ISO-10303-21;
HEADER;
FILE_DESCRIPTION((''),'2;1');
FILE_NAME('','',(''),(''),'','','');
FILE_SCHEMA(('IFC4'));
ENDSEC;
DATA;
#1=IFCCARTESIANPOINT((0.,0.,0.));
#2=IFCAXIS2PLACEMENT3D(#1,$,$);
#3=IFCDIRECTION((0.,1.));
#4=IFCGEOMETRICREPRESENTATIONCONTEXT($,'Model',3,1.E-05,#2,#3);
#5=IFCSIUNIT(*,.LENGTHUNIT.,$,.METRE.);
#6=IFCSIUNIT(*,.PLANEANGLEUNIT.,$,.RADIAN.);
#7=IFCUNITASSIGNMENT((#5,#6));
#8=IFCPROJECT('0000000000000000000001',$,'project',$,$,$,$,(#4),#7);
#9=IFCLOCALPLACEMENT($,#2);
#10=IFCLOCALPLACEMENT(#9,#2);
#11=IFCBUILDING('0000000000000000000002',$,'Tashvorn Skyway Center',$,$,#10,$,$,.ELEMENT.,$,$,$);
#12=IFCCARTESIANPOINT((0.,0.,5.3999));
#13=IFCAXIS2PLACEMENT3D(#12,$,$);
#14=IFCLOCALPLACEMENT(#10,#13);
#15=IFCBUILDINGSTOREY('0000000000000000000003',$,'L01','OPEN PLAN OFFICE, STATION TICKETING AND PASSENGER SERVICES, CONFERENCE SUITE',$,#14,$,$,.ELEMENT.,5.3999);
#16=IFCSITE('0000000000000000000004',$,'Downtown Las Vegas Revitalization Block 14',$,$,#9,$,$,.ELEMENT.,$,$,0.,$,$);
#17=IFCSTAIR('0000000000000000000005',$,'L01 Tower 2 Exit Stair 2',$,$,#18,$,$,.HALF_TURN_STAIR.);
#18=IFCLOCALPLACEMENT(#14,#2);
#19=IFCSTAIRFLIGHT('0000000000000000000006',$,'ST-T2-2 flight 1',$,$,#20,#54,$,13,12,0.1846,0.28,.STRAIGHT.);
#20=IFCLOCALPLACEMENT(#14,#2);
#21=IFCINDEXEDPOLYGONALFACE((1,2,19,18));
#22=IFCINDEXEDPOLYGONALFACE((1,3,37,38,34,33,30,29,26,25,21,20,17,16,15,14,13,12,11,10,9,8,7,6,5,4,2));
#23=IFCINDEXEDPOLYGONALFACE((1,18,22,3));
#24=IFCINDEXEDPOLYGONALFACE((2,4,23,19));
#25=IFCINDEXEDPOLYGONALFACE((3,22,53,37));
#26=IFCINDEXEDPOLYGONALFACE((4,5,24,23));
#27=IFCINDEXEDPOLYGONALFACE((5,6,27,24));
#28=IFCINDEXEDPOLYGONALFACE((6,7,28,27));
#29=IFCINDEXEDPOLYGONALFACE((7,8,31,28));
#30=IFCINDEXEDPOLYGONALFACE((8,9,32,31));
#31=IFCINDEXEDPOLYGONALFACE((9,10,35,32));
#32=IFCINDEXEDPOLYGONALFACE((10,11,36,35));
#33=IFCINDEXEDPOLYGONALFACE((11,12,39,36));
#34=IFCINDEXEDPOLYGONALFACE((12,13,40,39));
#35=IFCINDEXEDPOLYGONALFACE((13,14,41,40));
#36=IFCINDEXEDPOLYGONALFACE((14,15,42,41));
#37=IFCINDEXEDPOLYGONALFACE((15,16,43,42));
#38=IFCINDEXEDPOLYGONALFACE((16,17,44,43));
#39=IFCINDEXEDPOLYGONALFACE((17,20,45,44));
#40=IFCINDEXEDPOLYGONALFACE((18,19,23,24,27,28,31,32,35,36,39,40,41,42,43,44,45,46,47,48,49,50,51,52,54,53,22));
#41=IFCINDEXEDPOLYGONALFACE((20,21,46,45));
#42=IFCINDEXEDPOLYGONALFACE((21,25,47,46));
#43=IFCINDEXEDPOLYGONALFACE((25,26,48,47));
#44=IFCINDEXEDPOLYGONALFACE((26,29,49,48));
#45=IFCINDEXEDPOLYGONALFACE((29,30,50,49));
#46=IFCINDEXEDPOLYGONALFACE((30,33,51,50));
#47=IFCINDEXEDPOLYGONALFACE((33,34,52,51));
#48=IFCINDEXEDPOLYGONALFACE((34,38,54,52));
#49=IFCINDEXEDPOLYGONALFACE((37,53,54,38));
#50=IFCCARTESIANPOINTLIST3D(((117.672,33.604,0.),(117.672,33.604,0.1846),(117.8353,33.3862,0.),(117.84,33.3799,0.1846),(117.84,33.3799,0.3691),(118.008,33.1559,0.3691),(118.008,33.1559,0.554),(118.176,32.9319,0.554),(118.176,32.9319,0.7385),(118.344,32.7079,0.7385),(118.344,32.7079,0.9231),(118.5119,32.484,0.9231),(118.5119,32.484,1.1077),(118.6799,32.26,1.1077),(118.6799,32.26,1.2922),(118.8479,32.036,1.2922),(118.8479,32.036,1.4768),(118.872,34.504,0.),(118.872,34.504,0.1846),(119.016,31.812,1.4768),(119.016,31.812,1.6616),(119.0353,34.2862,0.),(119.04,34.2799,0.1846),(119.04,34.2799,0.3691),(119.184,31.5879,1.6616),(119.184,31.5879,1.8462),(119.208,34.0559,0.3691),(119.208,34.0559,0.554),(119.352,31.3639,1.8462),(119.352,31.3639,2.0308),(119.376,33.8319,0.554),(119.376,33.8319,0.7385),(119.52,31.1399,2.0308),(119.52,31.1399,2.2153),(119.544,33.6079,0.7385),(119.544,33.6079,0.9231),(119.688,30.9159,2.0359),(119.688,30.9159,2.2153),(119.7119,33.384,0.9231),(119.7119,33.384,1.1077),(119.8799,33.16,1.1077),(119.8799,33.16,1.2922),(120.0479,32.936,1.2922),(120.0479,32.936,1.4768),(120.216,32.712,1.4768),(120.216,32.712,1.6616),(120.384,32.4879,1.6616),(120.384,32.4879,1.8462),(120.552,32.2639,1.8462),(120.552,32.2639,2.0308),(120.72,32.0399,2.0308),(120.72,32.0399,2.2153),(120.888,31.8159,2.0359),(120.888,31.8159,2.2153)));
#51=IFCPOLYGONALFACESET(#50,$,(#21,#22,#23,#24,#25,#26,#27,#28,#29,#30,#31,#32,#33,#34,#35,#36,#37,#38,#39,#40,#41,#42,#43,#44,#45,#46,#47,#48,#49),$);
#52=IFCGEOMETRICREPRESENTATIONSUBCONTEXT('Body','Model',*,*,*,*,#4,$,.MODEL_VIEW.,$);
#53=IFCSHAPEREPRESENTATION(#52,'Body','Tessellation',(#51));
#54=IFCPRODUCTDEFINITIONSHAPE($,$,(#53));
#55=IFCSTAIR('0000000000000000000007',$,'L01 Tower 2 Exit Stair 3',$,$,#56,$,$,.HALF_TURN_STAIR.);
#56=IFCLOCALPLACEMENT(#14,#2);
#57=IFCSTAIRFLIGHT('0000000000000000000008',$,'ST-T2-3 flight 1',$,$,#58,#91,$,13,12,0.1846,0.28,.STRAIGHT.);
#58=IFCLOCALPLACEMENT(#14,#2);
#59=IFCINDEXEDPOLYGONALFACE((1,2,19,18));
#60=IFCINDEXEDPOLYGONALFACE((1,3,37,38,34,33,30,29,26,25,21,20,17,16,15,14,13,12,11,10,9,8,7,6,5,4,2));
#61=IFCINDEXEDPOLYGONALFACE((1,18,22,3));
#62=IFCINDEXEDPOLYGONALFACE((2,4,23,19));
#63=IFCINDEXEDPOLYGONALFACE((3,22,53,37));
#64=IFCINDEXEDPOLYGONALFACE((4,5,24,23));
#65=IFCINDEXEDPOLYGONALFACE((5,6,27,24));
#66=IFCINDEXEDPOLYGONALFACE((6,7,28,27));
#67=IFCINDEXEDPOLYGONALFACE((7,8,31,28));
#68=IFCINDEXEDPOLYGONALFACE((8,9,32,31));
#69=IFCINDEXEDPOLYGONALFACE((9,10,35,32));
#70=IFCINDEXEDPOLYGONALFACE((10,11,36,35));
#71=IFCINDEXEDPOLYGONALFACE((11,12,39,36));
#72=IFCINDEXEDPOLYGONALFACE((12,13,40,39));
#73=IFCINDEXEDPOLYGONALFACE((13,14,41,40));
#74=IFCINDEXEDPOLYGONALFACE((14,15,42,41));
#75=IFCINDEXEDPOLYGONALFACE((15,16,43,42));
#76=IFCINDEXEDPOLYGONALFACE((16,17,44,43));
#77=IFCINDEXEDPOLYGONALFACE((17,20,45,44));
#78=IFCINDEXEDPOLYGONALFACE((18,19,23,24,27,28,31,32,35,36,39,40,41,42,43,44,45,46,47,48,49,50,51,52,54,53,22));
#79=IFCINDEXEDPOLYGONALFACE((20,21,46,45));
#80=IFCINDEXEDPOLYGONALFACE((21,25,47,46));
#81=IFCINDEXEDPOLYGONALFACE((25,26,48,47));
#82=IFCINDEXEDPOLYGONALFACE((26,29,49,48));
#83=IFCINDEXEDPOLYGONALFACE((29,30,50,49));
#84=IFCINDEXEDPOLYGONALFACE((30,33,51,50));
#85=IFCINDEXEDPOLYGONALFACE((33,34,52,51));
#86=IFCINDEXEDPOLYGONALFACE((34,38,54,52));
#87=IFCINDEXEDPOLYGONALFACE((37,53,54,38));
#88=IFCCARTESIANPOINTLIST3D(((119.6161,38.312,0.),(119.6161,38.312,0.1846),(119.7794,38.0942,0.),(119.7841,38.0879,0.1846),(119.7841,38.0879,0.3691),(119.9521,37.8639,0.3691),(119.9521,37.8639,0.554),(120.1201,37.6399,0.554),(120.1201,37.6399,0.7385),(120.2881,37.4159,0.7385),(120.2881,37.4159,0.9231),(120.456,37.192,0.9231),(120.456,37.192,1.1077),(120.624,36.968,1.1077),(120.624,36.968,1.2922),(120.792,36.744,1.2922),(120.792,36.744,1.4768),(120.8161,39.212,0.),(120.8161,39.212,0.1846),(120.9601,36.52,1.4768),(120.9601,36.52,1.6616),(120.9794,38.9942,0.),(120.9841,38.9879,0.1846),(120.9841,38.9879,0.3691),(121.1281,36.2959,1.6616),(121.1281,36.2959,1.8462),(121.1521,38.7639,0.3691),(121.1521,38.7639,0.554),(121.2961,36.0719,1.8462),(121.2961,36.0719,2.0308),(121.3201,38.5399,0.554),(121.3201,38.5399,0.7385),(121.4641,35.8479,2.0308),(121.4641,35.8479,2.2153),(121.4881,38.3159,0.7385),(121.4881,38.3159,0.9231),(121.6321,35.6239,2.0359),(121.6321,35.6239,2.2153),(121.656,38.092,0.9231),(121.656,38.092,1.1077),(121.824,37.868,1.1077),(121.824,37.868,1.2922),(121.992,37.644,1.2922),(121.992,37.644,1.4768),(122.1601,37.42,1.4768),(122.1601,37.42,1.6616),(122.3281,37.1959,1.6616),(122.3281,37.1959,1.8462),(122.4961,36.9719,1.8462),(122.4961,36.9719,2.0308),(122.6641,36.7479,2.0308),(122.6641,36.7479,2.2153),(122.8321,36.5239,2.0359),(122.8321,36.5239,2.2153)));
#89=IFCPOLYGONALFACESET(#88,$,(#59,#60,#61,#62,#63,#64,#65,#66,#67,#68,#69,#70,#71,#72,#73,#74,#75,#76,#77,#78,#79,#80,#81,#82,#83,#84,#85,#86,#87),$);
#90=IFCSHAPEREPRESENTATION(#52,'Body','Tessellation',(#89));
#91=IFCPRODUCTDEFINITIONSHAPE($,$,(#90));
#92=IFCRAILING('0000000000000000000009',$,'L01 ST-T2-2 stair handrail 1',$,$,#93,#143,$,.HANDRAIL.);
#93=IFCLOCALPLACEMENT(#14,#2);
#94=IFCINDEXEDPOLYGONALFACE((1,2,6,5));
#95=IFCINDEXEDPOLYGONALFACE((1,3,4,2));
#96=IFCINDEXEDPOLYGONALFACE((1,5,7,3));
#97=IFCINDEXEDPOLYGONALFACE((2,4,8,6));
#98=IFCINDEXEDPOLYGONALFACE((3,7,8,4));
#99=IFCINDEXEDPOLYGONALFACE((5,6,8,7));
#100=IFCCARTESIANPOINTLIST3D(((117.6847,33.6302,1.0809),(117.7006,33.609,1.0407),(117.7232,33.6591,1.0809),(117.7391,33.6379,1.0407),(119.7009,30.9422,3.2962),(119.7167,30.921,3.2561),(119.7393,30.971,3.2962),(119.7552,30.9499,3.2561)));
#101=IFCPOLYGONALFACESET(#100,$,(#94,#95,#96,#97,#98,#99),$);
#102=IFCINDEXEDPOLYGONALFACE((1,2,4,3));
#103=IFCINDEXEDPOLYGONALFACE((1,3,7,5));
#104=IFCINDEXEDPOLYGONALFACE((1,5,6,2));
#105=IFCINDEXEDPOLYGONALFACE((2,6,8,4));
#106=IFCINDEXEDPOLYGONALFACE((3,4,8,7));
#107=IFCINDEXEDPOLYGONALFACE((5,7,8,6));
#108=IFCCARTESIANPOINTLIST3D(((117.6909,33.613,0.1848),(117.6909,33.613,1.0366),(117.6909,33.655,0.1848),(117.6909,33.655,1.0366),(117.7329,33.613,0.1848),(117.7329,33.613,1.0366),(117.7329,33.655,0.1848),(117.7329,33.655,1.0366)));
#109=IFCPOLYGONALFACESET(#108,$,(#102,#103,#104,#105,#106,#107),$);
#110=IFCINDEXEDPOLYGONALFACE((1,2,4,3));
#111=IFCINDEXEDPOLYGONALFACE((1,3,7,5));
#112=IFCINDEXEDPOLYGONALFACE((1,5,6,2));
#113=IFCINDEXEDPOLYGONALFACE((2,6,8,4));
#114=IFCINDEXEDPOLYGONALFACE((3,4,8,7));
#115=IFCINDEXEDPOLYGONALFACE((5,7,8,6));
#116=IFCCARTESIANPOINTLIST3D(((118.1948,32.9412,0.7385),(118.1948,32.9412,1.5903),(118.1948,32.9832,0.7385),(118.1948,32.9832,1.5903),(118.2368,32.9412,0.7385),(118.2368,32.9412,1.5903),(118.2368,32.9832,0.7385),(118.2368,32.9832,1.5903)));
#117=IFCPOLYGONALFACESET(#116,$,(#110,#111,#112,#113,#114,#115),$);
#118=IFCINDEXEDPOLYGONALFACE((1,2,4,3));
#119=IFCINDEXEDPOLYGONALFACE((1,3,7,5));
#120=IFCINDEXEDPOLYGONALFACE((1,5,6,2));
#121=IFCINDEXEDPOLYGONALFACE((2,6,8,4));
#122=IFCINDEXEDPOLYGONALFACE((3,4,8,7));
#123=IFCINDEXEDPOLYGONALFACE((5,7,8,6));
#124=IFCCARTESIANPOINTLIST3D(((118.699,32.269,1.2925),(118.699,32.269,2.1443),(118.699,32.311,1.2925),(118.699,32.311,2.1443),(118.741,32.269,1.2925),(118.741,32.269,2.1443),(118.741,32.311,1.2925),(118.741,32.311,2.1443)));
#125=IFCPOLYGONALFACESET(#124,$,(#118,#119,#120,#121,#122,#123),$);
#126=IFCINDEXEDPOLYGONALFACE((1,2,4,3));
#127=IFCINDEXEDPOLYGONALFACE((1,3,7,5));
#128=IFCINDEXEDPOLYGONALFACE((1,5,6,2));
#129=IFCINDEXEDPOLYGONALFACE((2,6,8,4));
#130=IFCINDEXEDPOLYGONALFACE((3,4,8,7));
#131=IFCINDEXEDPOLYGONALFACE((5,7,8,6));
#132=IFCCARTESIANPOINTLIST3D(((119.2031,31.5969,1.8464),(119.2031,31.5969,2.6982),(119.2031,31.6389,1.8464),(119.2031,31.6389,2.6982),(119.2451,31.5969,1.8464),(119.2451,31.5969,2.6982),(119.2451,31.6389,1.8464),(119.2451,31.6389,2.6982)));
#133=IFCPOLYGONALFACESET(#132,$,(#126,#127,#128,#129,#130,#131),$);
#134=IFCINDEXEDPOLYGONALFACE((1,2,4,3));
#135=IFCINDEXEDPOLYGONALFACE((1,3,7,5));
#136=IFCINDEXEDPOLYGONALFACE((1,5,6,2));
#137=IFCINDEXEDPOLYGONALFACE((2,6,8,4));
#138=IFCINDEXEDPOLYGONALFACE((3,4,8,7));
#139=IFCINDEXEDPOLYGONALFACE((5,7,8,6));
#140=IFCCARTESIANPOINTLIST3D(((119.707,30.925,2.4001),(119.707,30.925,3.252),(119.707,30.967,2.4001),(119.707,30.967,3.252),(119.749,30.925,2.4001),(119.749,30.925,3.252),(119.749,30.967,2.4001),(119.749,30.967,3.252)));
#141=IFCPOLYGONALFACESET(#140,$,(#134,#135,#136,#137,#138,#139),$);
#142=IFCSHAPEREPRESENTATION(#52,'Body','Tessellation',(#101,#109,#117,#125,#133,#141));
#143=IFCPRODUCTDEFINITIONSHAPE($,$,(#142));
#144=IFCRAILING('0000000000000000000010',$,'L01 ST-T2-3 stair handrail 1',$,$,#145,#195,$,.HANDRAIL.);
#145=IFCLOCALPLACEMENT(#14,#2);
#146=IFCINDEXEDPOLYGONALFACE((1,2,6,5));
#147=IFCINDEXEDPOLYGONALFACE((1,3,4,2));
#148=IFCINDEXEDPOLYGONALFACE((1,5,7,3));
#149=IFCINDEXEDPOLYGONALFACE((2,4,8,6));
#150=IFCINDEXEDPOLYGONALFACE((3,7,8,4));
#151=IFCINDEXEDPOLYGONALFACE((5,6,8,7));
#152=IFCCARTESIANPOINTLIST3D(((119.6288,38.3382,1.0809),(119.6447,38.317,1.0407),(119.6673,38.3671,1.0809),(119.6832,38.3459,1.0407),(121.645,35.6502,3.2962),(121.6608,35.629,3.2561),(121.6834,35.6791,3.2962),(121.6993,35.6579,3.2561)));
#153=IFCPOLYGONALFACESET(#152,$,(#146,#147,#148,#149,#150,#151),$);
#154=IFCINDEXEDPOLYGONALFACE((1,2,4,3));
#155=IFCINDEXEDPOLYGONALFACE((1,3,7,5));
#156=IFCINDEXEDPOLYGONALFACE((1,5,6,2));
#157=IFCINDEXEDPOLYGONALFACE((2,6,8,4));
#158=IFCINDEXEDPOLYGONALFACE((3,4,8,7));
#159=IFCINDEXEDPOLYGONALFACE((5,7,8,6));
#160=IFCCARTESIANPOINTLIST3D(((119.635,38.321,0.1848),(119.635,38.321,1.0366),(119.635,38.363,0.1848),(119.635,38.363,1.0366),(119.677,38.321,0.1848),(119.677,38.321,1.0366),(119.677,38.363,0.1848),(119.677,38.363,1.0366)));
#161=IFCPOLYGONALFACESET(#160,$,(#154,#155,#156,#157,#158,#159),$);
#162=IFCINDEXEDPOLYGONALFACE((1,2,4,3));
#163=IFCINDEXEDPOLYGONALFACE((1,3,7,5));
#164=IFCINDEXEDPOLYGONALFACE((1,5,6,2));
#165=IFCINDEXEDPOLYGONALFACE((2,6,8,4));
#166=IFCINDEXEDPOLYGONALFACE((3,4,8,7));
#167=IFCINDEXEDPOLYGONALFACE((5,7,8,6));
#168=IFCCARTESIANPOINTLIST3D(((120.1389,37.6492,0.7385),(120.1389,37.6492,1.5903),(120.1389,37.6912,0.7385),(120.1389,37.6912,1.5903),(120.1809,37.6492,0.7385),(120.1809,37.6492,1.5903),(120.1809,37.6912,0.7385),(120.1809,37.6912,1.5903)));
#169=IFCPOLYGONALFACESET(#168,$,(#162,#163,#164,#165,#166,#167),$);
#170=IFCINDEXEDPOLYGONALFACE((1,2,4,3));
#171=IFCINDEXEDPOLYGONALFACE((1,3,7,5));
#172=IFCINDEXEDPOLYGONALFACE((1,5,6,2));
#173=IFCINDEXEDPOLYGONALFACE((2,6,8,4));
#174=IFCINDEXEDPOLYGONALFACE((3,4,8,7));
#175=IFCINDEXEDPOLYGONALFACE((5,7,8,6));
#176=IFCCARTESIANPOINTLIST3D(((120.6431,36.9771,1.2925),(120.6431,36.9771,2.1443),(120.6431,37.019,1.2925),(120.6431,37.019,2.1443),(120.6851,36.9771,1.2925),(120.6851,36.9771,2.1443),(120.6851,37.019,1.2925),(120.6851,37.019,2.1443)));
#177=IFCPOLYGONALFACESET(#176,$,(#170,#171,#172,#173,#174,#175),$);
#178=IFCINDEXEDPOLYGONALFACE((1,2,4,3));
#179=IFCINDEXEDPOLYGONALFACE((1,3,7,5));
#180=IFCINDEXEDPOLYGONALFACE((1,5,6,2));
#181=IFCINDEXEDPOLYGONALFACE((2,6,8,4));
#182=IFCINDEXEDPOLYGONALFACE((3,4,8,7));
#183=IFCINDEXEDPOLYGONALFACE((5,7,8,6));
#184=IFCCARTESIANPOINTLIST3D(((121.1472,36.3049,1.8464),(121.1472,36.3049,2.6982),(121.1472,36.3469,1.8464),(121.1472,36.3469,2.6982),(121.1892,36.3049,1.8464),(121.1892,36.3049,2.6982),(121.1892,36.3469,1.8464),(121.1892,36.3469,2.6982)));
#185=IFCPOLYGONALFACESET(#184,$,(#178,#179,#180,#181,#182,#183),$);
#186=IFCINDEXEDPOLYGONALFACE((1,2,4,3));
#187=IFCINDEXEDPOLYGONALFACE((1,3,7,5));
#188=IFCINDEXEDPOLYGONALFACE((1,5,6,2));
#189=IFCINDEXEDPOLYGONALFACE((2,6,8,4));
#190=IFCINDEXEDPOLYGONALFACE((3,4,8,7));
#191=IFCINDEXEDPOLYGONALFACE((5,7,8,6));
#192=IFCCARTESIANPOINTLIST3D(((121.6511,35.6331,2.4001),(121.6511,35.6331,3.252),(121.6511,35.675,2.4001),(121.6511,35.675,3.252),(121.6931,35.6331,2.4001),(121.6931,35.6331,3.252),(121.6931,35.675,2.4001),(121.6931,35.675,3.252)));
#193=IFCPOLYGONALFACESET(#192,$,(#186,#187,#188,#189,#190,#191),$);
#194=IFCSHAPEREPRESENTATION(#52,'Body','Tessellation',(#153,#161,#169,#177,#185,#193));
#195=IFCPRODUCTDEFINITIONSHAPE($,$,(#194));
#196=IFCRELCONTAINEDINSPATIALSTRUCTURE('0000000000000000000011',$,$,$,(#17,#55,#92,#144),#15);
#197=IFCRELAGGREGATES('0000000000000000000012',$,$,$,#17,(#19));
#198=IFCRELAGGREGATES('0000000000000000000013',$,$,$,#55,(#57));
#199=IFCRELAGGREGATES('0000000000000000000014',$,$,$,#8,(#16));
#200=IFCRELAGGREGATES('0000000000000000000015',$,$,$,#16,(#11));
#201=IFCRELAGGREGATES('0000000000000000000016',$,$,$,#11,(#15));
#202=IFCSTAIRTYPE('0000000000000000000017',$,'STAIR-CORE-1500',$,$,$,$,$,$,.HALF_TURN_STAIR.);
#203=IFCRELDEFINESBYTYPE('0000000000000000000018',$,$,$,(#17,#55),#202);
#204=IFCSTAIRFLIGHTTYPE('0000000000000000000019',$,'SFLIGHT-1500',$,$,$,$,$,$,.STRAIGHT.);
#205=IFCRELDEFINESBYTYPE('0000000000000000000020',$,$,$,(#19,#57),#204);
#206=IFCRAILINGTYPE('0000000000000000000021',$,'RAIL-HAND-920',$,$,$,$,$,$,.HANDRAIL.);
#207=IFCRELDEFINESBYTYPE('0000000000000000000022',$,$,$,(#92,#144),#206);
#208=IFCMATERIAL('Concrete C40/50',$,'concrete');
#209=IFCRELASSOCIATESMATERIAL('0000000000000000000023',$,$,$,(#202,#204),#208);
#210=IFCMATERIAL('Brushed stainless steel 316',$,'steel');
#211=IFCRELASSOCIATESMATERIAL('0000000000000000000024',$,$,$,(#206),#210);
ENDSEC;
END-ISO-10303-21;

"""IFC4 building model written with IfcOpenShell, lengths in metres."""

from ifc_helpers import new_model, si_unit, direction, frame, origin, origin_2d, place, context, subcontext, project, spatial, polyline, rectangle, outline, extrude, material, type_object, element, aggregate, save


model = new_model("IFC4")

# Units and contexts
model_context = context("Model", 3, precision=1e-05, world=origin(), true_north=direction((0.0, 1.0)))
body_context = subcontext(model_context, "Body", "Model", "MODEL_VIEW")
ifc_project = project(units=[si_unit("LENGTHUNIT", "METRE"), si_unit("PLANEANGLEUNIT", "RADIAN")], contexts=[model_context])

# Site, building, storey
site_placement = place(None, origin())
site = spatial("IfcSite", under=ifc_project, at=site_placement, Name="Downtown Las Vegas Revitalization Block 14", CompositionType="ELEMENT", RefElevation=0.0)
building_placement = place(site_placement, origin())
building = spatial("IfcBuilding", under=site, at=building_placement, Name="Tashvorn Skyway Center", CompositionType="ELEMENT")
storey_placement = place(building_placement, frame((0.0, 0.0, 5.3999)))
storey = spatial("IfcBuildingStorey", under=building, at=storey_placement, Name="L01", Description="OPEN PLAN OFFICE, STATION TICKETING AND PASSENGER SERVICES, CONFERENCE SUITE", CompositionType="ELEMENT", Elevation=5.3999)

# Shared definitions
ifc_material_1 = material(Name="Concrete C40/50", Category="concrete")

# Stairs, stair flights
stair_type = type_object("IfcStairType", Name="STAIR-CORE-1500", PredefinedType="HALF_TURN_STAIR", material=ifc_material_1)
stair_1_placement = place(storey_placement, origin())
stair_1 = element("IfcStair", 1, at=stair_1_placement, inside=storey, type_object=stair_type, Name="L01 Tower 2 Exit Stair 2", PredefinedType="HALF_TURN_STAIR")
stair_flight_type = type_object("IfcStairFlightType", Name="SFLIGHT-1500", PredefinedType="STRAIGHT", material=ifc_material_1)
stair_flight_1_placement = place(storey_placement, frame((118.272, 34.054, 0.0), z_axis=(0.0, 0.0, 1.0), x_axis=(0.6, -0.8, 0.0)))
stair_flight_1 = element("IfcStairFlight", 2, at=stair_flight_1_placement, type_object=stair_flight_type, Name="ST-T2-2 flight 1", NumberOfRisers=13, NumberOfTreads=12, PredefinedType="STRAIGHT", RiserHeight=0.1846, TreadLength=0.28, context=body_context, shape_type="SweptSolid", body=[
    extrude(outline(polyline([(0.0, 0.0), (0.0, 0.1846), (0.28, 0.1846), (0.28, 0.3691), (0.5601, 0.3691), (0.5601, 0.554), (0.8401, 0.554), (0.8401, 0.7385), (1.1201, 0.7385), (1.1201, 0.9231), (1.3999, 0.9231), (1.3999, 1.1077), (1.6799, 1.1077), (1.6799, 1.2922), (1.96, 1.2922), (1.96, 1.4768), (2.24, 1.4768), (2.24, 1.6616), (2.52, 1.6616), (2.52, 1.8462), (2.8, 1.8462), (2.8, 2.0308), (3.0801, 2.0308), (3.0801, 2.2153), (3.3601, 2.2153), (3.3601, 2.3999), (3.3601, 2.0359), (0.2722, 0.0), (0.0, 0.0)])), frame((0.0, 0.75, 0.0), z_axis=(0.0, -1.0, 0.0), x_axis=(1.0, 0.0, 0.0)), (0.0, 0.0, 1.0), 1.5),
])
aggregate(stair_1, [stair_flight_1])
stair_2_placement = place(storey_placement, origin())
stair_2 = element("IfcStair", 3, at=stair_2_placement, inside=storey, type_object=stair_type, Name="L01 Tower 2 Exit Stair 3", PredefinedType="HALF_TURN_STAIR")
stair_flight_2_placement = place(storey_placement, frame((120.2161, 38.762, 0.0), z_axis=(0.0, 0.0, 1.0), x_axis=(0.6, -0.8, 0.0)))
stair_flight_2 = element("IfcStairFlight", 4, at=stair_flight_2_placement, type_object=stair_flight_type, Name="ST-T2-3 flight 1", NumberOfRisers=13, NumberOfTreads=12, PredefinedType="STRAIGHT", RiserHeight=0.1846, TreadLength=0.28, context=body_context, shape_type="SweptSolid", body=[
    extrude(outline(polyline([(0.0, 0.0), (0.0, 0.1846), (0.28, 0.1846), (0.28, 0.3691), (0.5601, 0.3691), (0.5601, 0.554), (0.8401, 0.554), (0.8401, 0.7385), (1.1201, 0.7385), (1.1201, 0.9231), (1.3999, 0.9231), (1.3999, 1.1077), (1.6799, 1.1077), (1.6799, 1.2922), (1.96, 1.2922), (1.96, 1.4768), (2.24, 1.4768), (2.24, 1.6616), (2.52, 1.6616), (2.52, 1.8462), (2.8, 1.8462), (2.8, 2.0308), (3.0801, 2.0308), (3.0801, 2.2153), (3.3601, 2.2153), (3.3601, 2.3999), (3.3601, 2.0359), (0.2722, 0.0), (0.0, 0.0)])), frame((0.0, 0.75, 0.0), z_axis=(0.0, -1.0, 0.0), x_axis=(1.0, 0.0, 0.0)), (0.0, 0.0, 1.0), 1.5),
])
aggregate(stair_2, [stair_flight_2])

# Railings
ifc_material_2 = material(Name="Brushed stainless steel 316", Category="steel")
railing_type_1 = type_object("IfcRailingType", Name="RAIL-HAND-920", PredefinedType="HANDRAIL", material=ifc_material_2)
for number, where, name in (
    (5, (117.7119, 33.634, 0.1848), "L01 ST-T2-2 stair handrail 1"),
    (6, (119.656, 38.342, 0.1848), "L01 ST-T2-3 stair handrail 1"),
):
    element("IfcRailing", number, at=place(storey_placement, frame(where)), inside=storey, type_object=railing_type_1, Name=name, PredefinedType="HANDRAIL", context=body_context, shape_type="SweptSolid", body=[
        extrude(rectangle(XDim=0.0481, YDim=0.0481, at=origin_2d()), frame((0.0, 0.0, 0.876), z_axis=(0.500943, -0.667884, 0.550443), x_axis=(0.799983, 0.600023, 0.0)), (0.0, 0.0, 1.0), 4.0247),
        extrude(rectangle(XDim=0.042, YDim=0.042, at=origin_2d()), origin(), (0.0, 0.0, 1.0), 0.8518),
        extrude(rectangle(XDim=0.042, YDim=0.042, at=origin_2d()), frame((0.5039, -0.6719, 0.5537)), (0.0, 0.0, 1.0), 0.8518),
        extrude(rectangle(XDim=0.042, YDim=0.042, at=origin_2d()), frame((1.0081, -1.344, 1.1077)), (0.0, 0.0, 1.0), 0.8518),
        extrude(rectangle(XDim=0.042, YDim=0.042, at=origin_2d()), frame((1.5122, -2.0161, 1.6616)), (0.0, 0.0, 1.0), 0.8518),
        extrude(rectangle(XDim=0.042, YDim=0.042, at=origin_2d()), frame((2.0161, -2.688, 2.2153)), (0.0, 0.0, 1.0), 0.8518),
    ])

save(model, "model.ifc")
